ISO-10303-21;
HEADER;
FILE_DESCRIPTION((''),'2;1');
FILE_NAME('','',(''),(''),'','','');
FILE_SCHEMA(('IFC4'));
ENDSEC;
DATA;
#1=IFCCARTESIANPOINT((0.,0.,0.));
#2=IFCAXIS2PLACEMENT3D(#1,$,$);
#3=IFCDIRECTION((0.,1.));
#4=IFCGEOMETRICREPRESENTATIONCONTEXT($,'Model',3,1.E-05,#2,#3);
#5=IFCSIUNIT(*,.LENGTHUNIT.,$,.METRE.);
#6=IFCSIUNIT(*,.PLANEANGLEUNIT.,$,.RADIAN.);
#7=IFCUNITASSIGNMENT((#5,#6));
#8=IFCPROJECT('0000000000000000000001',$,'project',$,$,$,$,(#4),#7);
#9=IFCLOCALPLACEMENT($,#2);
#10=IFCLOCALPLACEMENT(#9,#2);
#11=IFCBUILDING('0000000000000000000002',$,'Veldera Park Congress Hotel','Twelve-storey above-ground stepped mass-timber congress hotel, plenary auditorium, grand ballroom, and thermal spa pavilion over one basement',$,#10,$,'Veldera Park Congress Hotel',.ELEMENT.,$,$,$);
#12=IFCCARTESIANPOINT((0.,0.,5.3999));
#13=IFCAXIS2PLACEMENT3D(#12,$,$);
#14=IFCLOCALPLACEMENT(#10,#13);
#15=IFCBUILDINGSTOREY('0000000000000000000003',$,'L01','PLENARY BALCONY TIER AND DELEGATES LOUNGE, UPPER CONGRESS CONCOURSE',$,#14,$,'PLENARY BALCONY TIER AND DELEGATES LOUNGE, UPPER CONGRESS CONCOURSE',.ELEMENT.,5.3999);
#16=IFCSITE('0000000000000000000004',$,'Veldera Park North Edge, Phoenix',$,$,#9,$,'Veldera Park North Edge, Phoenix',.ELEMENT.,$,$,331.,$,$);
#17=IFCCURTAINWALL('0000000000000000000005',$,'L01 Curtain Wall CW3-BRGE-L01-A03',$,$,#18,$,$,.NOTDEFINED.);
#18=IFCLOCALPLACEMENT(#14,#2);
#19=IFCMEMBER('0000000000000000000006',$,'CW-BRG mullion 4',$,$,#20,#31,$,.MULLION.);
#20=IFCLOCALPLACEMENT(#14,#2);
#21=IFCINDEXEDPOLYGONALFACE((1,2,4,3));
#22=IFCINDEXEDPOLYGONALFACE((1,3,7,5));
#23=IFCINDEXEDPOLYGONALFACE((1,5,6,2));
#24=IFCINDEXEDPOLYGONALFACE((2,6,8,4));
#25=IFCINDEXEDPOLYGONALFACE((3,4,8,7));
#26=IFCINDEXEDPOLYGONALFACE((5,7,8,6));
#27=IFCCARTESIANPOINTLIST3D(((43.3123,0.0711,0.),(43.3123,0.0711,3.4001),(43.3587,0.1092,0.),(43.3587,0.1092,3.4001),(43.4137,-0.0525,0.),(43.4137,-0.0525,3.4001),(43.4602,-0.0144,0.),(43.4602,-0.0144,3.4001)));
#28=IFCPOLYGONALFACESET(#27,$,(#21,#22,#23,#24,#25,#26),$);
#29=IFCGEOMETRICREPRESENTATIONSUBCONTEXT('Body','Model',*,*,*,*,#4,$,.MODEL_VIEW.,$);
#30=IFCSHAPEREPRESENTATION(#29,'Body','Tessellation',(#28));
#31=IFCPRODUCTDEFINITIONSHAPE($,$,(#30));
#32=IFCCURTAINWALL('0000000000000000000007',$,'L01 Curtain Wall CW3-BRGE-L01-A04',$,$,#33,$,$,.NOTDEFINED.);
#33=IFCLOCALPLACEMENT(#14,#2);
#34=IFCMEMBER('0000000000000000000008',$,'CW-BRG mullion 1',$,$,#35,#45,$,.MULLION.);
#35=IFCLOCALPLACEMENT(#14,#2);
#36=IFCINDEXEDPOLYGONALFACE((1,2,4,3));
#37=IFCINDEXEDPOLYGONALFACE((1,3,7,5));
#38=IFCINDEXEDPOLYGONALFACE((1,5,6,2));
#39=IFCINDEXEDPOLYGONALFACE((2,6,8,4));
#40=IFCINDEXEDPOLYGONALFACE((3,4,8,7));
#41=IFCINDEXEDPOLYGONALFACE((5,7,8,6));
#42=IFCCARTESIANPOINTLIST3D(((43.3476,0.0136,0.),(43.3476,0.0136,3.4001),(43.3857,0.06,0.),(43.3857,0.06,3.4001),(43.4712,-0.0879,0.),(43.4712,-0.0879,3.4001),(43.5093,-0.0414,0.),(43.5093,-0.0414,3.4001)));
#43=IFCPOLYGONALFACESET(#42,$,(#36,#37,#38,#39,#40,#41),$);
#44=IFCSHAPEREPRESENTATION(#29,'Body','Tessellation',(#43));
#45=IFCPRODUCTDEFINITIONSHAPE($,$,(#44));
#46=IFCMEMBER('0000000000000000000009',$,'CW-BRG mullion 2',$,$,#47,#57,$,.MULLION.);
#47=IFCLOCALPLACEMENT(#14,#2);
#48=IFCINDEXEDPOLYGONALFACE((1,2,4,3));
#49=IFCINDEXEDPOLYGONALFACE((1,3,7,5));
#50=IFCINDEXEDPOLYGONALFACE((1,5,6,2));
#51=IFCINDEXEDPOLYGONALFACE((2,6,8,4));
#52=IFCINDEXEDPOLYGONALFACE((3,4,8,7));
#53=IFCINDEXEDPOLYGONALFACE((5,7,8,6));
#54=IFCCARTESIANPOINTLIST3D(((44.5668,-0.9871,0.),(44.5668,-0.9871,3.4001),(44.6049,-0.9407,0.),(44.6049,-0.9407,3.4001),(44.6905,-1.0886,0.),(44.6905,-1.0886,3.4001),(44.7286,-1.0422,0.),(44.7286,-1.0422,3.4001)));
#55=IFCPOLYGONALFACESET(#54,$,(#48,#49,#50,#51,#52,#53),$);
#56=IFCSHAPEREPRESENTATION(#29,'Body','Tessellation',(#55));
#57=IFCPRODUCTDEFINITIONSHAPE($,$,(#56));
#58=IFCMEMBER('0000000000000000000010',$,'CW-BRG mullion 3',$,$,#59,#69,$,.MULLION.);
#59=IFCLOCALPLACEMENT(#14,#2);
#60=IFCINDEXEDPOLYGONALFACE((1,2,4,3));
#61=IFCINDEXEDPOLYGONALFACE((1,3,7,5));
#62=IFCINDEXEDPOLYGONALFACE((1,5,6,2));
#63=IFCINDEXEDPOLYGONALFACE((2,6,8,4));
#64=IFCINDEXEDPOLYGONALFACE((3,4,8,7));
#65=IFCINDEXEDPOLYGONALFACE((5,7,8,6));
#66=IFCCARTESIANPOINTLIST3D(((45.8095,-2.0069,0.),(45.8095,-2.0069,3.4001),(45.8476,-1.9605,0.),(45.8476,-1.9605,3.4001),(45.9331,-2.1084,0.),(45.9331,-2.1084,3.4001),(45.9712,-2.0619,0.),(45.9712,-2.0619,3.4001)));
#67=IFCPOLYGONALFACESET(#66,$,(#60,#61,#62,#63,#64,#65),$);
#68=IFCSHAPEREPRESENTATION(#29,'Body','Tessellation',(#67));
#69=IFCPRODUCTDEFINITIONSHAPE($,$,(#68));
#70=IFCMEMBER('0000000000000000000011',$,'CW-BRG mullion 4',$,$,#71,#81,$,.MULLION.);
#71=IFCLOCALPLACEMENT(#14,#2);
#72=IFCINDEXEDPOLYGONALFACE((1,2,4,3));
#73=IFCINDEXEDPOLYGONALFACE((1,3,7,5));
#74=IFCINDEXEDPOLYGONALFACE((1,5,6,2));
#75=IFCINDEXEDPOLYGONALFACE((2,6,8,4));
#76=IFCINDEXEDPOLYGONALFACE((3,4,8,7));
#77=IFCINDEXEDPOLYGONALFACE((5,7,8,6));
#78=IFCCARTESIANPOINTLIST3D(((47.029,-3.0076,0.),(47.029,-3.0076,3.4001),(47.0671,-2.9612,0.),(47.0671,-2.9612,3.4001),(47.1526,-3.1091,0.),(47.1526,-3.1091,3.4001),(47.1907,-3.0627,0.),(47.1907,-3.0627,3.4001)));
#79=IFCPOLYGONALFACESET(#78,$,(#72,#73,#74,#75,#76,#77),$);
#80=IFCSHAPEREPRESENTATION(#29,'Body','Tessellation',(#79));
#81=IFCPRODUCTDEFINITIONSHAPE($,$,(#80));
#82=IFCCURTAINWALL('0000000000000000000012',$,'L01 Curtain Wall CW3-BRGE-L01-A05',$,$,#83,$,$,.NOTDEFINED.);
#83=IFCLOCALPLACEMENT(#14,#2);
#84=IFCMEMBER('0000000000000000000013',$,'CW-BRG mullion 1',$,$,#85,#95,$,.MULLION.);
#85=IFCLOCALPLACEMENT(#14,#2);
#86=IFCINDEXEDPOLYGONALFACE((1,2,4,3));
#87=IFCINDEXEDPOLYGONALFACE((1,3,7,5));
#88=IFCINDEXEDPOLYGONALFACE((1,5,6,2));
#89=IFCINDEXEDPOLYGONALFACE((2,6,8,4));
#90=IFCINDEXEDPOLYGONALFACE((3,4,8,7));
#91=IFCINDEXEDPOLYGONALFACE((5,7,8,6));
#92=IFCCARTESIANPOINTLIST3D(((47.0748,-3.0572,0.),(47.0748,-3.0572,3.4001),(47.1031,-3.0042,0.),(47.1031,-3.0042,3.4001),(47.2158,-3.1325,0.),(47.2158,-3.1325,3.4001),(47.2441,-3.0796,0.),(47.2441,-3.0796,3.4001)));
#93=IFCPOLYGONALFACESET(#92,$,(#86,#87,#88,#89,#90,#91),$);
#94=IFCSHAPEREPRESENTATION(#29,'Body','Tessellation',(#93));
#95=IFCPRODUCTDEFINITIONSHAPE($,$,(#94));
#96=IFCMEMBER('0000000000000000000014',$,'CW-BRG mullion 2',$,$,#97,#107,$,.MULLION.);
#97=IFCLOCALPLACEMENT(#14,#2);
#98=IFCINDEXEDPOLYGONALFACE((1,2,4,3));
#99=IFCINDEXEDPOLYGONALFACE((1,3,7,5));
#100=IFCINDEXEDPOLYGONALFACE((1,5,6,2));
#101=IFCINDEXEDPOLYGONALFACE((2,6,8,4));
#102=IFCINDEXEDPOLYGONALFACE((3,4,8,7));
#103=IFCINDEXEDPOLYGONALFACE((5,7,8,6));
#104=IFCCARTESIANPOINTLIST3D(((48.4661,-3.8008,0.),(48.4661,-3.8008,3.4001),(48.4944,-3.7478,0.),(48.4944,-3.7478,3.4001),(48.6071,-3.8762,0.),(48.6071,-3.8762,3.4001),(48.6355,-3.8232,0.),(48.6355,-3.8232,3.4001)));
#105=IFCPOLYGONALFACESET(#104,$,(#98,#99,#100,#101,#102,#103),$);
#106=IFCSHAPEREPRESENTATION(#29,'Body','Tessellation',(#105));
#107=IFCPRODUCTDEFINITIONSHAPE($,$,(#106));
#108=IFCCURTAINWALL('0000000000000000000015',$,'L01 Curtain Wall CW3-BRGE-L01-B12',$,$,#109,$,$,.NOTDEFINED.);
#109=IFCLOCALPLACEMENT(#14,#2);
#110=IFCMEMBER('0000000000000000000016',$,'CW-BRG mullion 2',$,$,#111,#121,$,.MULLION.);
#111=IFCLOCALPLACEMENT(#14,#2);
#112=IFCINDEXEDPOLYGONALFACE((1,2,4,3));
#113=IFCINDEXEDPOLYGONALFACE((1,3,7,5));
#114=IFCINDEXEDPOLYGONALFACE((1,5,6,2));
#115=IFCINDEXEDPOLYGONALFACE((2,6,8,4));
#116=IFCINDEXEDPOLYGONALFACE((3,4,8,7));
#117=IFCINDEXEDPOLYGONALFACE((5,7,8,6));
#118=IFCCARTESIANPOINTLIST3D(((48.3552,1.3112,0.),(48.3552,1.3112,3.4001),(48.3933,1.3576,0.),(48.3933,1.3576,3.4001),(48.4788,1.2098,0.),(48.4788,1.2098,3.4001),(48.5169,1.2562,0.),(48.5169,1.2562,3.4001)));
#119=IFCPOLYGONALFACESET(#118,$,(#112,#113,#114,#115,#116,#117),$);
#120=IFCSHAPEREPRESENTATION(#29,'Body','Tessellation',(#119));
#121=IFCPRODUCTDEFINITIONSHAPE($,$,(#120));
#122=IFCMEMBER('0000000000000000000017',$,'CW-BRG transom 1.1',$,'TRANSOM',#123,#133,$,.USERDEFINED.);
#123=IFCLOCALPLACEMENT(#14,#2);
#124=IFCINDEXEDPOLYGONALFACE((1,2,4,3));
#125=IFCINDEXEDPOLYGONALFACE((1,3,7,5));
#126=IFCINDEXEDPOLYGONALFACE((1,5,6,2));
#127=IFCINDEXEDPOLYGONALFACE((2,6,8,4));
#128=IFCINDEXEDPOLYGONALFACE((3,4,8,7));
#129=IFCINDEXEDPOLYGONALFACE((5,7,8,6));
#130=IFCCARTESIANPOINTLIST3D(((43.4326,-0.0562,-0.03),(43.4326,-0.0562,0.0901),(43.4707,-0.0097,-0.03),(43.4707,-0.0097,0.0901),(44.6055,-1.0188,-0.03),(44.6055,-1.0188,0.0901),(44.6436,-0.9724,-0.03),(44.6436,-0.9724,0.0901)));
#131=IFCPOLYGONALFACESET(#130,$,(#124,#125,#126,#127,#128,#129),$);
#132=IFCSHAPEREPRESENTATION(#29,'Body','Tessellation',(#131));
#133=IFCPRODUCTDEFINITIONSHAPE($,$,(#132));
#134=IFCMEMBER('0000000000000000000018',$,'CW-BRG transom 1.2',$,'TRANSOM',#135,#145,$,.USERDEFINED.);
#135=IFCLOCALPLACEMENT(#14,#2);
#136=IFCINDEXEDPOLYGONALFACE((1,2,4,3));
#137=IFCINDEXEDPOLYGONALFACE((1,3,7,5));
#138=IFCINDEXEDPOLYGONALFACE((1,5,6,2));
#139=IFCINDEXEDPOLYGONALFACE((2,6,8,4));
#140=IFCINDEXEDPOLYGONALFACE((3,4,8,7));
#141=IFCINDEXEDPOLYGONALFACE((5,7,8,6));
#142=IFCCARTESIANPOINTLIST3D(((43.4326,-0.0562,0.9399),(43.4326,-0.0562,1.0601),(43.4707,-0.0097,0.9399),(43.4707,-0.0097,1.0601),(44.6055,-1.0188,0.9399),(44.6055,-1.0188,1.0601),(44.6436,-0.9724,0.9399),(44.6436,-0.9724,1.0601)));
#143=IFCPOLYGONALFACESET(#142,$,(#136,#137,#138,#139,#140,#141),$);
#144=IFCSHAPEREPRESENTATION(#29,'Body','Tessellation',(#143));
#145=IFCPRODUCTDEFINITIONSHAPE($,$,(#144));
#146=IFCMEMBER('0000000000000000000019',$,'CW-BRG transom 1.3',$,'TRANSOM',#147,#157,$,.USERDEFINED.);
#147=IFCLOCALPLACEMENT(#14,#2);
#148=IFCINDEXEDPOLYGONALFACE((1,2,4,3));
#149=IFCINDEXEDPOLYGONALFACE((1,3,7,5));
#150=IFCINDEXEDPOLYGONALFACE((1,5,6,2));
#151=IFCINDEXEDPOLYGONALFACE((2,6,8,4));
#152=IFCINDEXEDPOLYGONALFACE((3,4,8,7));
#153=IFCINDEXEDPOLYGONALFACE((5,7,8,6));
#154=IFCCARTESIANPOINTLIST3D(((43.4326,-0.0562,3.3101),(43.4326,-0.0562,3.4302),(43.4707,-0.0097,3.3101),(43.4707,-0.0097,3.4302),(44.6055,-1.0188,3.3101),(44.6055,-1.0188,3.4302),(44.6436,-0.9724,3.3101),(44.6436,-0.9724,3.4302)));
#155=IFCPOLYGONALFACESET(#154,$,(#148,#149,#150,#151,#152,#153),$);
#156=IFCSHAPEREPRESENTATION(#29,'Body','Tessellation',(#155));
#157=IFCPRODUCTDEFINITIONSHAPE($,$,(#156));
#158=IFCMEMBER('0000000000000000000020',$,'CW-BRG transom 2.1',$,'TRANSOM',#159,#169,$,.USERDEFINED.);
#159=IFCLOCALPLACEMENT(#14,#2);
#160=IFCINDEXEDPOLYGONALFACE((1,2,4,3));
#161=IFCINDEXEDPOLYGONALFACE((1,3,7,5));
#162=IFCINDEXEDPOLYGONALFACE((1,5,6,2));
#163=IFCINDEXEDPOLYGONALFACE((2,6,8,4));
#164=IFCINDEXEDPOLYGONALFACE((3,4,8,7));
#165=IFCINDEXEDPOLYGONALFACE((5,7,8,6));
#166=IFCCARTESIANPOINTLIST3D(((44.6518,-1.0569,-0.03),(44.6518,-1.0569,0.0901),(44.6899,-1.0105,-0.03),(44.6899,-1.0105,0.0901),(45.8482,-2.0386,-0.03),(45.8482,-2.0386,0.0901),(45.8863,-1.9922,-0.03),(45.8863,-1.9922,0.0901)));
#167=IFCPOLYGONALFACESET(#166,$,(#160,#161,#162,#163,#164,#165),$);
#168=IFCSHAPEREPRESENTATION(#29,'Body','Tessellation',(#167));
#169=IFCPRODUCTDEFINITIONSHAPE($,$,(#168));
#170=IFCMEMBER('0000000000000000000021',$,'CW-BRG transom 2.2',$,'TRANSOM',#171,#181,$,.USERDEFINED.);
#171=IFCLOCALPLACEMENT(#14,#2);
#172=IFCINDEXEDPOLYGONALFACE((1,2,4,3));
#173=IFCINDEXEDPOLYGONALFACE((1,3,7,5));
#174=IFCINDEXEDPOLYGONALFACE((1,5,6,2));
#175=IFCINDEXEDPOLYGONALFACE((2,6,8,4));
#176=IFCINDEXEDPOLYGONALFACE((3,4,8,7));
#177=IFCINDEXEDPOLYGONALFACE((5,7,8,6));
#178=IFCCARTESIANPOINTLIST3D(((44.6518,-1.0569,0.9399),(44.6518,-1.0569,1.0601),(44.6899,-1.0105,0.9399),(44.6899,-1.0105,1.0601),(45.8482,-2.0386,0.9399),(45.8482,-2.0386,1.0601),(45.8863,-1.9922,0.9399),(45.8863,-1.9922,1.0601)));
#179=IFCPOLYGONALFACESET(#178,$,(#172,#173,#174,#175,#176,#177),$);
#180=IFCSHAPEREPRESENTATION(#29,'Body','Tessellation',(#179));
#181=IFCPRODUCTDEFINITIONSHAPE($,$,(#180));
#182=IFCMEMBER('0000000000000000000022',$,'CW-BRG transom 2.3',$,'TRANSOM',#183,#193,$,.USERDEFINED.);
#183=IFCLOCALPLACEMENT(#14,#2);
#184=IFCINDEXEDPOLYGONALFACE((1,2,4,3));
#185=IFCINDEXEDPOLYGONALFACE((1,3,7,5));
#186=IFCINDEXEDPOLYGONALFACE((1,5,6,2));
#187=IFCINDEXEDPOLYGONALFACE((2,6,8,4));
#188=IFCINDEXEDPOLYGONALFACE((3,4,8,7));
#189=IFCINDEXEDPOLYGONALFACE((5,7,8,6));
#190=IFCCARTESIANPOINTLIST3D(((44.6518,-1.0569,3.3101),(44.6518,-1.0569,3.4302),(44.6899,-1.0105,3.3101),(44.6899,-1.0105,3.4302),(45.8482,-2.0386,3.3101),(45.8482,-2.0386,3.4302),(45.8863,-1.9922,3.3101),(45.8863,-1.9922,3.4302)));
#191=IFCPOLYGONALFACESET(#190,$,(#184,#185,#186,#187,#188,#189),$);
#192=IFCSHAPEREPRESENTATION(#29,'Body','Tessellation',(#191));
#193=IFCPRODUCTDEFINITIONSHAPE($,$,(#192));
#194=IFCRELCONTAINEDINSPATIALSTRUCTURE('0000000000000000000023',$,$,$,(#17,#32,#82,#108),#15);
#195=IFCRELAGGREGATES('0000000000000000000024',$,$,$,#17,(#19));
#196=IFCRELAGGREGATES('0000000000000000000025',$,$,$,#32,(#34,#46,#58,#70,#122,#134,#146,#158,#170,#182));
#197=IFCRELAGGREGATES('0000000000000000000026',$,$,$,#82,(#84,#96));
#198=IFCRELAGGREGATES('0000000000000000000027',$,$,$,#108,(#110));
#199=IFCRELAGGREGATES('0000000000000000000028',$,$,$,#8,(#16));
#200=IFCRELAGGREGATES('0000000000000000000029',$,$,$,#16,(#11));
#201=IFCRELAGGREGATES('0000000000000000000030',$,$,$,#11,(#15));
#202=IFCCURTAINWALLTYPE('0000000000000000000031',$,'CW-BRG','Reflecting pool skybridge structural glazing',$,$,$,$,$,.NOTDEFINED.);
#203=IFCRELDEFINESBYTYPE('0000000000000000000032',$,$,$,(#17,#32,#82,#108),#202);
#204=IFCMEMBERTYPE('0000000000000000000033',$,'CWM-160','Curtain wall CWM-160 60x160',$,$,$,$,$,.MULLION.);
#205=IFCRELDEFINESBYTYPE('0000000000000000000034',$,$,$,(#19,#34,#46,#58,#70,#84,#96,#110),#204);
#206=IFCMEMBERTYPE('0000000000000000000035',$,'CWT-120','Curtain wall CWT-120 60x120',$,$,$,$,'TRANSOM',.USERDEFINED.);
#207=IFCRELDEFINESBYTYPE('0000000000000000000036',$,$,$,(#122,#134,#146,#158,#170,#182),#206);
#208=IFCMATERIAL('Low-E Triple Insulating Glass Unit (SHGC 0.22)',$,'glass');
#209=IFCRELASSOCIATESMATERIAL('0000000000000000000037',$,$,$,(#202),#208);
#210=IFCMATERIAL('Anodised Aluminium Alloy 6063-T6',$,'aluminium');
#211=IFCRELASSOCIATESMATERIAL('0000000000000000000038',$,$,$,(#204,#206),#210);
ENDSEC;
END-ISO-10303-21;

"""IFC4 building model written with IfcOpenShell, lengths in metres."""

from ifc_helpers import new_model, si_unit, direction, frame, origin, origin_2d, place, context, subcontext, project, spatial, rectangle, extrude, material, material_profile, profile_set, type_object, element, aggregate, save


model = new_model("IFC4")

# Units and contexts
model_context = context("Model", 3, precision=1e-05, world=origin(), true_north=direction((0.0, 1.0)))
body_context = subcontext(model_context, "Body", "Model", "MODEL_VIEW")
ifc_project = project(units=[si_unit("LENGTHUNIT", "METRE"), si_unit("PLANEANGLEUNIT", "RADIAN")], contexts=[model_context])

# Site, building, storey
site_placement = place(None, origin())
site = spatial("IfcSite", under=ifc_project, at=site_placement, Name="Veldera Park North Edge, Phoenix", LongName="Veldera Park North Edge, Phoenix", CompositionType="ELEMENT", RefElevation=331.0)
building_placement = place(site_placement, origin())
building = spatial("IfcBuilding", under=site, at=building_placement, Name="Veldera Park Congress Hotel", Description="Twelve-storey above-ground stepped mass-timber congress hotel, plenary auditorium, grand ballroom, and thermal spa pavilion over one basement", LongName="Veldera Park Congress Hotel", CompositionType="ELEMENT")
storey_placement = place(building_placement, frame((0.0, 0.0, 5.3999)))
storey = spatial("IfcBuildingStorey", under=building, at=storey_placement, Name="L01", Description="PLENARY BALCONY TIER AND DELEGATES LOUNGE, UPPER CONGRESS CONCOURSE", LongName="PLENARY BALCONY TIER AND DELEGATES LOUNGE, UPPER CONGRESS CONCOURSE", CompositionType="ELEMENT", Elevation=5.3999)

# Curtain wall, member
ifc_material_1 = material(Name="Low-E Triple Insulating Glass Unit (SHGC 0.22)", Category="glass")
curtain_wall_type = type_object("IfcCurtainWallType", Name="CW-BRG", Description="Reflecting pool skybridge structural glazing", PredefinedType="NOTDEFINED", material=ifc_material_1)
curtain_wall_1_placement = place(storey_placement, origin())
curtain_wall_1 = element("IfcCurtainWall", 1, at=curtain_wall_1_placement, inside=storey, type_object=curtain_wall_type, Name="L01 Curtain Wall CW3-BRGE-L01-A03", PredefinedType="NOTDEFINED")
ifc_material_2 = material(Name="Anodised Aluminium Alloy 6063-T6", Category="aluminium")
ifc_material_profile_1 = material_profile(ifc_material_2, rectangle(XDim=0.0601, YDim=0.1599, at=origin_2d()), Name="ALU 60x160")
ifc_profile_set_1 = profile_set([ifc_material_profile_1], Name="Anodised Aluminium Alloy 6063-T6")
member_type_1 = type_object("IfcMemberType", Name="CWM-160", Description="Curtain wall CWM-160 60x160", PredefinedType="MULLION", material=ifc_profile_set_1)
member_1_placement = place(storey_placement, frame((43.3862, 0.0283, 0.0), z_axis=(0.0, 0.0, 1.0), x_axis=(0.773003, 0.634402, 0.0)))
member_1 = element("IfcMember", 2, at=member_1_placement, type_object=member_type_1, Name="CW-BRG mullion 4", PredefinedType="MULLION", context=body_context, shape_type="SweptSolid", body=[
    extrude(rectangle(XDim=0.0601, YDim=0.1599, at=origin_2d()), origin(), (0.0, 0.0, 1.0), 3.4001),
])
aggregate(curtain_wall_1, [member_1])

# Curtain walls, members
curtain_wall_2_placement = place(storey_placement, origin())
curtain_wall_2 = element("IfcCurtainWall", 3, at=curtain_wall_2_placement, inside=storey, type_object=curtain_wall_type, Name="L01 Curtain Wall CW3-BRGE-L01-A04", PredefinedType="NOTDEFINED")
member_2_placement = place(storey_placement, frame((43.4285, -0.0139, 0.0), z_axis=(0.0, 0.0, 1.0), x_axis=(0.634402, 0.773003, 0.0)))
member_2 = element("IfcMember", 4, at=member_2_placement, type_object=member_type_1, Name="CW-BRG mullion 1", PredefinedType="MULLION", context=body_context, shape_type="SweptSolid", body=[
    extrude(rectangle(XDim=0.0601, YDim=0.1599, at=origin_2d()), origin(), (0.0, 0.0, 1.0), 3.4001),
])
member_3_placement = place(storey_placement, frame((44.6477, -1.0146, 0.0), z_axis=(0.0, 0.0, 1.0), x_axis=(0.634402, 0.773003, 0.0)))
member_3 = element("IfcMember", 5, at=member_3_placement, type_object=member_type_1, Name="CW-BRG mullion 2", PredefinedType="MULLION", context=body_context, shape_type="SweptSolid", body=[
    extrude(rectangle(XDim=0.0601, YDim=0.1599, at=origin_2d()), origin(), (0.0, 0.0, 1.0), 3.4001),
])
member_4_placement = place(storey_placement, frame((45.8904, -2.0344, 0.0), z_axis=(0.0, 0.0, 1.0), x_axis=(0.634402, 0.773003, 0.0)))
member_4 = element("IfcMember", 6, at=member_4_placement, type_object=member_type_1, Name="CW-BRG mullion 3", PredefinedType="MULLION", context=body_context, shape_type="SweptSolid", body=[
    extrude(rectangle(XDim=0.0601, YDim=0.1599, at=origin_2d()), origin(), (0.0, 0.0, 1.0), 3.4001),
])
member_5_placement = place(storey_placement, frame((47.1099, -3.0352, 0.0), z_axis=(0.0, 0.0, 1.0), x_axis=(0.634402, 0.773003, 0.0)))
member_5 = element("IfcMember", 7, at=member_5_placement, type_object=member_type_1, Name="CW-BRG mullion 4", PredefinedType="MULLION", context=body_context, shape_type="SweptSolid", body=[
    extrude(rectangle(XDim=0.0601, YDim=0.1599, at=origin_2d()), origin(), (0.0, 0.0, 1.0), 3.4001),
])
curtain_wall_3_placement = place(storey_placement, origin())
curtain_wall_3 = element("IfcCurtainWall", 8, at=curtain_wall_3_placement, inside=storey, type_object=curtain_wall_type, Name="L01 Curtain Wall CW3-BRGE-L01-A05", PredefinedType="NOTDEFINED")
member_6_placement = place(storey_placement, frame((47.1594, -3.0684, 0.0), z_axis=(0.0, 0.0, 1.0), x_axis=(0.471385, 0.881928, 0.0)))
member_6 = element("IfcMember", 9, at=member_6_placement, type_object=member_type_1, Name="CW-BRG mullion 1", PredefinedType="MULLION", context=body_context, shape_type="SweptSolid", body=[
    extrude(rectangle(XDim=0.0601, YDim=0.1599, at=origin_2d()), origin(), (0.0, 0.0, 1.0), 3.4001),
])
member_7_placement = place(storey_placement, frame((48.5508, -3.812, 0.0), z_axis=(0.0, 0.0, 1.0), x_axis=(0.471385, 0.881928, 0.0)))
member_7 = element("IfcMember", 10, at=member_7_placement, type_object=member_type_1, Name="CW-BRG mullion 2", PredefinedType="MULLION", context=body_context, shape_type="SweptSolid", body=[
    extrude(rectangle(XDim=0.0601, YDim=0.1599, at=origin_2d()), origin(), (0.0, 0.0, 1.0), 3.4001),
])

# Curtain wall, member
curtain_wall_4_placement = place(storey_placement, origin())
curtain_wall_4 = element("IfcCurtainWall", 11, at=curtain_wall_4_placement, inside=storey, type_object=curtain_wall_type, Name="L01 Curtain Wall CW3-BRGE-L01-B12", PredefinedType="NOTDEFINED")
member_8_placement = place(storey_placement, frame((48.436, 1.2837, 0.0), z_axis=(0.0, 0.0, 1.0), x_axis=(-0.634386, -0.773016, 0.0)))
member_8 = element("IfcMember", 12, at=member_8_placement, type_object=member_type_1, Name="CW-BRG mullion 2", PredefinedType="MULLION", context=body_context, shape_type="SweptSolid", body=[
    extrude(rectangle(XDim=0.0601, YDim=0.1599, at=origin_2d()), origin(), (0.0, 0.0, 1.0), 3.4001),
])

# Members
ifc_material_profile_2 = material_profile(ifc_material_2, rectangle(XDim=0.0601, YDim=0.1201, at=origin_2d()), Name="ALU 60x120")
ifc_profile_set_2 = profile_set([ifc_material_profile_2], Name="Anodised Aluminium Alloy 6063-T6")
member_type_2 = type_object("IfcMemberType", Name="CWT-120", Description="Curtain wall CWT-120 60x120", ElementType="TRANSOM", PredefinedType="USERDEFINED", material=ifc_profile_set_2)
member_9_placement = place(storey_placement, frame((43.4517, -0.033, 0.03), z_axis=(0.772974, -0.634437, 0.0), x_axis=(0.634437, 0.772974, 0.0)))
member_9 = element("IfcMember", 13, at=member_9_placement, type_object=member_type_2, Name="CW-BRG transom 1.1", ObjectType="TRANSOM", PredefinedType="USERDEFINED", context=body_context, shape_type="SweptSolid", body=[
    extrude(rectangle(XDim=0.0601, YDim=0.1201, at=origin_2d()), origin(), (0.0, 0.0, 1.0), 1.5173),
])
member_10_placement = place(storey_placement, frame((43.4517, -0.033, 1.0), z_axis=(0.772974, -0.634437, 0.0), x_axis=(0.634437, 0.772974, 0.0)))
member_10 = element("IfcMember", 14, at=member_10_placement, type_object=member_type_2, Name="CW-BRG transom 1.2", ObjectType="TRANSOM", PredefinedType="USERDEFINED", context=body_context, shape_type="SweptSolid", body=[
    extrude(rectangle(XDim=0.0601, YDim=0.1201, at=origin_2d()), origin(), (0.0, 0.0, 1.0), 1.5173),
])
member_11_placement = place(storey_placement, frame((43.4517, -0.033, 3.3701), z_axis=(0.772974, -0.634437, 0.0), x_axis=(0.634437, 0.772974, 0.0)))
member_11 = element("IfcMember", 15, at=member_11_placement, type_object=member_type_2, Name="CW-BRG transom 1.3", ObjectType="TRANSOM", PredefinedType="USERDEFINED", context=body_context, shape_type="SweptSolid", body=[
    extrude(rectangle(XDim=0.0601, YDim=0.1201, at=origin_2d()), origin(), (0.0, 0.0, 1.0), 1.5173),
])
member_12_placement = place(storey_placement, frame((44.6709, -1.0337, 0.03), z_axis=(0.773036, -0.634363, 0.0), x_axis=(0.634363, 0.773036, 0.0)))
member_12 = element("IfcMember", 16, at=member_12_placement, type_object=member_type_2, Name="CW-BRG transom 2.1", ObjectType="TRANSOM", PredefinedType="USERDEFINED", context=body_context, shape_type="SweptSolid", body=[
    extrude(rectangle(XDim=0.0601, YDim=0.1201, at=origin_2d()), origin(), (0.0, 0.0, 1.0), 1.5476),
])
member_13_placement = place(storey_placement, frame((44.6709, -1.0337, 1.0), z_axis=(0.773036, -0.634363, 0.0), x_axis=(0.634363, 0.773036, 0.0)))
member_13 = element("IfcMember", 17, at=member_13_placement, type_object=member_type_2, Name="CW-BRG transom 2.2", ObjectType="TRANSOM", PredefinedType="USERDEFINED", context=body_context, shape_type="SweptSolid", body=[
    extrude(rectangle(XDim=0.0601, YDim=0.1201, at=origin_2d()), origin(), (0.0, 0.0, 1.0), 1.5476),
])
member_14_placement = place(storey_placement, frame((44.6709, -1.0337, 3.3701), z_axis=(0.773036, -0.634363, 0.0), x_axis=(0.634363, 0.773036, 0.0)))
member_14 = element("IfcMember", 18, at=member_14_placement, type_object=member_type_2, Name="CW-BRG transom 2.3", ObjectType="TRANSOM", PredefinedType="USERDEFINED", context=body_context, shape_type="SweptSolid", body=[
    extrude(rectangle(XDim=0.0601, YDim=0.1201, at=origin_2d()), origin(), (0.0, 0.0, 1.0), 1.5476),
])

aggregate(curtain_wall_2, [member_2, member_3, member_4, member_5, member_9, member_10, member_11, member_12, member_13, member_14])
aggregate(curtain_wall_3, [member_6, member_7])
aggregate(curtain_wall_4, [member_8])

save(model, "model.ifc")
